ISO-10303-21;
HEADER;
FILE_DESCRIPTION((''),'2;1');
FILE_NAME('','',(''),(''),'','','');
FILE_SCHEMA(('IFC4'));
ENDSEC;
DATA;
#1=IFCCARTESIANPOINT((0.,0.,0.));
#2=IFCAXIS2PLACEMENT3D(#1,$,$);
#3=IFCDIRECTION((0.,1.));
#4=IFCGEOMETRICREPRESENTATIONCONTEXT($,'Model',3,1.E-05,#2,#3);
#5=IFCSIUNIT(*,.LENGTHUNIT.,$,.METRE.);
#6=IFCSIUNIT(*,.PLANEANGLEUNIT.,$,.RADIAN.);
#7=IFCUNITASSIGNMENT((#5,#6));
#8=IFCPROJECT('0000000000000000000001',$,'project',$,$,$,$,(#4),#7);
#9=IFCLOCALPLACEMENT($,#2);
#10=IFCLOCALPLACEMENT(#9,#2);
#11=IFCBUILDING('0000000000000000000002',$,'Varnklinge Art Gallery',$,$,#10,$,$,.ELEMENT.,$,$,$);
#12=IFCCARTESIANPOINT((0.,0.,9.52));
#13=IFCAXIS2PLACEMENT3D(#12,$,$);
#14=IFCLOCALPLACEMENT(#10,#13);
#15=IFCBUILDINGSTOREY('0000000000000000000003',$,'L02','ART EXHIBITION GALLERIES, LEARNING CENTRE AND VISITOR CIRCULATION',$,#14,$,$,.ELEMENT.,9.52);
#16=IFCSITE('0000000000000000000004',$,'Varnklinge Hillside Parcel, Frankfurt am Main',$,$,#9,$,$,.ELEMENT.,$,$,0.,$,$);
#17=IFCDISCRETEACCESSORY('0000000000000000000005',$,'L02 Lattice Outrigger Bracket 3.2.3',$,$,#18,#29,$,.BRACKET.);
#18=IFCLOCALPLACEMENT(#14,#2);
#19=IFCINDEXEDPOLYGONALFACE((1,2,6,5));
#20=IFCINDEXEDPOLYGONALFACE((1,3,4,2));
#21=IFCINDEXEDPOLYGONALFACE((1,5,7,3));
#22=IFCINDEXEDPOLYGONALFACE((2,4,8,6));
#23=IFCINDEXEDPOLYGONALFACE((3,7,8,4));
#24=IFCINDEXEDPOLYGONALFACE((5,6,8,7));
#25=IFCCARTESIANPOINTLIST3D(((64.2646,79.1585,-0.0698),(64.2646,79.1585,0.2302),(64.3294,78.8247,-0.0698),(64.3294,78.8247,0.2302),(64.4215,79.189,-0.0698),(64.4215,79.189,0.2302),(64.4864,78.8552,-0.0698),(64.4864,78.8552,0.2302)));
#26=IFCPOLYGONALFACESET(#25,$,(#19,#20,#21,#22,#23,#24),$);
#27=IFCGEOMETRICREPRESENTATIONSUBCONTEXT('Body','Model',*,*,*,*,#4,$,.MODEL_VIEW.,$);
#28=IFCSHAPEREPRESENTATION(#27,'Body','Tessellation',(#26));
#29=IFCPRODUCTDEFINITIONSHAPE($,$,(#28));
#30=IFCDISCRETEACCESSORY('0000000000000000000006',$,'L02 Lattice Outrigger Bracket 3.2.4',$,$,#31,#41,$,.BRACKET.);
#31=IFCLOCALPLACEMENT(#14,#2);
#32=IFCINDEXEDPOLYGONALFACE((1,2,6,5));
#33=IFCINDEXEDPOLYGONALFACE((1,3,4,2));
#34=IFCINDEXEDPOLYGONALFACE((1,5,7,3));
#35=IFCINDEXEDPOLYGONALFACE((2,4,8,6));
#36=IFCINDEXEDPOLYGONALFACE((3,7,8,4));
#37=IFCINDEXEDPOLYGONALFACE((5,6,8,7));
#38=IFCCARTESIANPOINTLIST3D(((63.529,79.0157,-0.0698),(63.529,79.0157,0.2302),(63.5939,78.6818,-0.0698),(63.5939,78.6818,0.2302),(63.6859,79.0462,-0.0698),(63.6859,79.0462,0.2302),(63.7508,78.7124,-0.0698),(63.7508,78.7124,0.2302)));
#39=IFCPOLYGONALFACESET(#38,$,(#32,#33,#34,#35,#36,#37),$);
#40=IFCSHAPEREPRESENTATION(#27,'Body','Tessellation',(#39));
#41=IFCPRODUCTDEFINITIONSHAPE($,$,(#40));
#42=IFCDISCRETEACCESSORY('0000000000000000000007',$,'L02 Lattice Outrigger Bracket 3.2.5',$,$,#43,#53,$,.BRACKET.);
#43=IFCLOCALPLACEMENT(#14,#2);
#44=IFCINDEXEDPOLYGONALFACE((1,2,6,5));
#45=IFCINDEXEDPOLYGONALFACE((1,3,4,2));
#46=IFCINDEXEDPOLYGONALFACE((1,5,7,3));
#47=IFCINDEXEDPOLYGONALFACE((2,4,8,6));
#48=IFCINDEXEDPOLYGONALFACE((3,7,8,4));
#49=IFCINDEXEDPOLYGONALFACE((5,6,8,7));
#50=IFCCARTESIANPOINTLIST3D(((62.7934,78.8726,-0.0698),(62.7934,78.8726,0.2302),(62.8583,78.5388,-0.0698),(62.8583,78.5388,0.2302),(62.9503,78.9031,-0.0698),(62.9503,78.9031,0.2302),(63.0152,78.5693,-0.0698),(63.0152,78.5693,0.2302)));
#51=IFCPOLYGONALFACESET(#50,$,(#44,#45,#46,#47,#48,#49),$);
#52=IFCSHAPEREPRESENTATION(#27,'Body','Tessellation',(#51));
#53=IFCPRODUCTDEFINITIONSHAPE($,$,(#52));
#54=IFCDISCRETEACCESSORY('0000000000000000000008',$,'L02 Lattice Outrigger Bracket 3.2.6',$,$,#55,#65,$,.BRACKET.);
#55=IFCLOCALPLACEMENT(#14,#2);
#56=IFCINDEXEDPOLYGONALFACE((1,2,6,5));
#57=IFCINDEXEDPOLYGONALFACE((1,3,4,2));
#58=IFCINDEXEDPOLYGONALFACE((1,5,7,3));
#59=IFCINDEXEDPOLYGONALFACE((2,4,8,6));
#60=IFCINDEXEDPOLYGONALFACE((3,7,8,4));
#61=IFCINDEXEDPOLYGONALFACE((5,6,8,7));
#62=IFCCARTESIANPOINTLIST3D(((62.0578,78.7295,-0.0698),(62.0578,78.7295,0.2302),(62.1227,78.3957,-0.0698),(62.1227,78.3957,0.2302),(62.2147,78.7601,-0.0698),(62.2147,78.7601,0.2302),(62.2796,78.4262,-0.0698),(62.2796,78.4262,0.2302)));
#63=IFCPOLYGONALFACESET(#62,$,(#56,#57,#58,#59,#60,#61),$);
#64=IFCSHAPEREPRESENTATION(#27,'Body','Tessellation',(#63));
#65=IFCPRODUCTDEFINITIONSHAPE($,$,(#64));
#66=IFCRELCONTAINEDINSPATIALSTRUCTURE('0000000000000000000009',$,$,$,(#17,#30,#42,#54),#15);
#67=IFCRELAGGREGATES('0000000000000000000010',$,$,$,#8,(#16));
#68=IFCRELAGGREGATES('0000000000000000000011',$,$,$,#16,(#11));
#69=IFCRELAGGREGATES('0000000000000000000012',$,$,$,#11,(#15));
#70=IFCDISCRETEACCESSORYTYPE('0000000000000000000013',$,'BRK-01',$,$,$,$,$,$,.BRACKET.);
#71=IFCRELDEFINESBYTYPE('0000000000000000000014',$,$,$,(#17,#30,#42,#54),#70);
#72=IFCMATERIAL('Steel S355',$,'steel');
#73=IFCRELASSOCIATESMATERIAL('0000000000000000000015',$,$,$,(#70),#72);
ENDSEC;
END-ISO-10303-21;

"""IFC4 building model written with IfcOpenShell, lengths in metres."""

from ifc_helpers import new_model, si_unit, direction, frame, origin, origin_2d, place, context, subcontext, project, spatial, rectangle, extrude, material, type_object, element, save


model = new_model("IFC4")

# Units and contexts
model_context = context("Model", 3, precision=1e-05, world=origin(), true_north=direction((0.0, 1.0)))
body_context = subcontext(model_context, "Body", "Model", "MODEL_VIEW")
ifc_project = project(units=[si_unit("LENGTHUNIT", "METRE"), si_unit("PLANEANGLEUNIT", "RADIAN")], contexts=[model_context])

# Site, building, storey
site_placement = place(None, origin())
site = spatial("IfcSite", under=ifc_project, at=site_placement, Name="Varnklinge Hillside Parcel, Frankfurt am Main", CompositionType="ELEMENT", RefElevation=0.0)
building_placement = place(site_placement, origin())
building = spatial("IfcBuilding", under=site, at=building_placement, Name="Varnklinge Art Gallery", CompositionType="ELEMENT")
storey_placement = place(building_placement, frame((0.0, 0.0, 9.52)))
storey = spatial("IfcBuildingStorey", under=building, at=storey_placement, Name="L02", Description="ART EXHIBITION GALLERIES, LEARNING CENTRE AND VISITOR CIRCULATION", CompositionType="ELEMENT", Elevation=9.52)

# Discrete accessories
ifc_material_1 = material(Name="Steel S355", Category="steel")
discrete_accessory_type = type_object("IfcDiscreteAccessoryType", Name="BRK-01", PredefinedType="BRACKET", material=ifc_material_1)
for number, where, z_axis, x_axis, name in (
    (1, (64.3755, 79.0068, -0.0698), (0.0, 0.0, 1.0), (-0.981627, -0.190809, 0.0), "L02 Lattice Outrigger Bracket 3.2.3"),
    (2, (63.6399, 78.864, -0.0698), (0.0, 0.0, 1.0), (-0.981627, -0.190809, 0.0), "L02 Lattice Outrigger Bracket 3.2.4"),
    (3, (62.9043, 78.7209, -0.0698), (0.0, 0.0, 1.0), (-0.981627, -0.190809, 0.0), "L02 Lattice Outrigger Bracket 3.2.5"),
    (4, (62.1687, 78.5779, -0.0698), (0.0, 0.0, 1.0), (-0.981627, -0.190809, 0.0), "L02 Lattice Outrigger Bracket 3.2.6"),
):
    element("IfcDiscreteAccessory", number, at=place(storey_placement, frame(where, z_axis=z_axis, x_axis=x_axis)), inside=storey, type_object=discrete_accessory_type, Name=name, PredefinedType="BRACKET", context=body_context, shape_type="SweptSolid", body=[
        extrude(rectangle(XDim=0.1599, YDim=0.3401, at=origin_2d()), origin(), (0.0, 0.0, 1.0), 0.3),
    ])

save(model, "model.ifc")
